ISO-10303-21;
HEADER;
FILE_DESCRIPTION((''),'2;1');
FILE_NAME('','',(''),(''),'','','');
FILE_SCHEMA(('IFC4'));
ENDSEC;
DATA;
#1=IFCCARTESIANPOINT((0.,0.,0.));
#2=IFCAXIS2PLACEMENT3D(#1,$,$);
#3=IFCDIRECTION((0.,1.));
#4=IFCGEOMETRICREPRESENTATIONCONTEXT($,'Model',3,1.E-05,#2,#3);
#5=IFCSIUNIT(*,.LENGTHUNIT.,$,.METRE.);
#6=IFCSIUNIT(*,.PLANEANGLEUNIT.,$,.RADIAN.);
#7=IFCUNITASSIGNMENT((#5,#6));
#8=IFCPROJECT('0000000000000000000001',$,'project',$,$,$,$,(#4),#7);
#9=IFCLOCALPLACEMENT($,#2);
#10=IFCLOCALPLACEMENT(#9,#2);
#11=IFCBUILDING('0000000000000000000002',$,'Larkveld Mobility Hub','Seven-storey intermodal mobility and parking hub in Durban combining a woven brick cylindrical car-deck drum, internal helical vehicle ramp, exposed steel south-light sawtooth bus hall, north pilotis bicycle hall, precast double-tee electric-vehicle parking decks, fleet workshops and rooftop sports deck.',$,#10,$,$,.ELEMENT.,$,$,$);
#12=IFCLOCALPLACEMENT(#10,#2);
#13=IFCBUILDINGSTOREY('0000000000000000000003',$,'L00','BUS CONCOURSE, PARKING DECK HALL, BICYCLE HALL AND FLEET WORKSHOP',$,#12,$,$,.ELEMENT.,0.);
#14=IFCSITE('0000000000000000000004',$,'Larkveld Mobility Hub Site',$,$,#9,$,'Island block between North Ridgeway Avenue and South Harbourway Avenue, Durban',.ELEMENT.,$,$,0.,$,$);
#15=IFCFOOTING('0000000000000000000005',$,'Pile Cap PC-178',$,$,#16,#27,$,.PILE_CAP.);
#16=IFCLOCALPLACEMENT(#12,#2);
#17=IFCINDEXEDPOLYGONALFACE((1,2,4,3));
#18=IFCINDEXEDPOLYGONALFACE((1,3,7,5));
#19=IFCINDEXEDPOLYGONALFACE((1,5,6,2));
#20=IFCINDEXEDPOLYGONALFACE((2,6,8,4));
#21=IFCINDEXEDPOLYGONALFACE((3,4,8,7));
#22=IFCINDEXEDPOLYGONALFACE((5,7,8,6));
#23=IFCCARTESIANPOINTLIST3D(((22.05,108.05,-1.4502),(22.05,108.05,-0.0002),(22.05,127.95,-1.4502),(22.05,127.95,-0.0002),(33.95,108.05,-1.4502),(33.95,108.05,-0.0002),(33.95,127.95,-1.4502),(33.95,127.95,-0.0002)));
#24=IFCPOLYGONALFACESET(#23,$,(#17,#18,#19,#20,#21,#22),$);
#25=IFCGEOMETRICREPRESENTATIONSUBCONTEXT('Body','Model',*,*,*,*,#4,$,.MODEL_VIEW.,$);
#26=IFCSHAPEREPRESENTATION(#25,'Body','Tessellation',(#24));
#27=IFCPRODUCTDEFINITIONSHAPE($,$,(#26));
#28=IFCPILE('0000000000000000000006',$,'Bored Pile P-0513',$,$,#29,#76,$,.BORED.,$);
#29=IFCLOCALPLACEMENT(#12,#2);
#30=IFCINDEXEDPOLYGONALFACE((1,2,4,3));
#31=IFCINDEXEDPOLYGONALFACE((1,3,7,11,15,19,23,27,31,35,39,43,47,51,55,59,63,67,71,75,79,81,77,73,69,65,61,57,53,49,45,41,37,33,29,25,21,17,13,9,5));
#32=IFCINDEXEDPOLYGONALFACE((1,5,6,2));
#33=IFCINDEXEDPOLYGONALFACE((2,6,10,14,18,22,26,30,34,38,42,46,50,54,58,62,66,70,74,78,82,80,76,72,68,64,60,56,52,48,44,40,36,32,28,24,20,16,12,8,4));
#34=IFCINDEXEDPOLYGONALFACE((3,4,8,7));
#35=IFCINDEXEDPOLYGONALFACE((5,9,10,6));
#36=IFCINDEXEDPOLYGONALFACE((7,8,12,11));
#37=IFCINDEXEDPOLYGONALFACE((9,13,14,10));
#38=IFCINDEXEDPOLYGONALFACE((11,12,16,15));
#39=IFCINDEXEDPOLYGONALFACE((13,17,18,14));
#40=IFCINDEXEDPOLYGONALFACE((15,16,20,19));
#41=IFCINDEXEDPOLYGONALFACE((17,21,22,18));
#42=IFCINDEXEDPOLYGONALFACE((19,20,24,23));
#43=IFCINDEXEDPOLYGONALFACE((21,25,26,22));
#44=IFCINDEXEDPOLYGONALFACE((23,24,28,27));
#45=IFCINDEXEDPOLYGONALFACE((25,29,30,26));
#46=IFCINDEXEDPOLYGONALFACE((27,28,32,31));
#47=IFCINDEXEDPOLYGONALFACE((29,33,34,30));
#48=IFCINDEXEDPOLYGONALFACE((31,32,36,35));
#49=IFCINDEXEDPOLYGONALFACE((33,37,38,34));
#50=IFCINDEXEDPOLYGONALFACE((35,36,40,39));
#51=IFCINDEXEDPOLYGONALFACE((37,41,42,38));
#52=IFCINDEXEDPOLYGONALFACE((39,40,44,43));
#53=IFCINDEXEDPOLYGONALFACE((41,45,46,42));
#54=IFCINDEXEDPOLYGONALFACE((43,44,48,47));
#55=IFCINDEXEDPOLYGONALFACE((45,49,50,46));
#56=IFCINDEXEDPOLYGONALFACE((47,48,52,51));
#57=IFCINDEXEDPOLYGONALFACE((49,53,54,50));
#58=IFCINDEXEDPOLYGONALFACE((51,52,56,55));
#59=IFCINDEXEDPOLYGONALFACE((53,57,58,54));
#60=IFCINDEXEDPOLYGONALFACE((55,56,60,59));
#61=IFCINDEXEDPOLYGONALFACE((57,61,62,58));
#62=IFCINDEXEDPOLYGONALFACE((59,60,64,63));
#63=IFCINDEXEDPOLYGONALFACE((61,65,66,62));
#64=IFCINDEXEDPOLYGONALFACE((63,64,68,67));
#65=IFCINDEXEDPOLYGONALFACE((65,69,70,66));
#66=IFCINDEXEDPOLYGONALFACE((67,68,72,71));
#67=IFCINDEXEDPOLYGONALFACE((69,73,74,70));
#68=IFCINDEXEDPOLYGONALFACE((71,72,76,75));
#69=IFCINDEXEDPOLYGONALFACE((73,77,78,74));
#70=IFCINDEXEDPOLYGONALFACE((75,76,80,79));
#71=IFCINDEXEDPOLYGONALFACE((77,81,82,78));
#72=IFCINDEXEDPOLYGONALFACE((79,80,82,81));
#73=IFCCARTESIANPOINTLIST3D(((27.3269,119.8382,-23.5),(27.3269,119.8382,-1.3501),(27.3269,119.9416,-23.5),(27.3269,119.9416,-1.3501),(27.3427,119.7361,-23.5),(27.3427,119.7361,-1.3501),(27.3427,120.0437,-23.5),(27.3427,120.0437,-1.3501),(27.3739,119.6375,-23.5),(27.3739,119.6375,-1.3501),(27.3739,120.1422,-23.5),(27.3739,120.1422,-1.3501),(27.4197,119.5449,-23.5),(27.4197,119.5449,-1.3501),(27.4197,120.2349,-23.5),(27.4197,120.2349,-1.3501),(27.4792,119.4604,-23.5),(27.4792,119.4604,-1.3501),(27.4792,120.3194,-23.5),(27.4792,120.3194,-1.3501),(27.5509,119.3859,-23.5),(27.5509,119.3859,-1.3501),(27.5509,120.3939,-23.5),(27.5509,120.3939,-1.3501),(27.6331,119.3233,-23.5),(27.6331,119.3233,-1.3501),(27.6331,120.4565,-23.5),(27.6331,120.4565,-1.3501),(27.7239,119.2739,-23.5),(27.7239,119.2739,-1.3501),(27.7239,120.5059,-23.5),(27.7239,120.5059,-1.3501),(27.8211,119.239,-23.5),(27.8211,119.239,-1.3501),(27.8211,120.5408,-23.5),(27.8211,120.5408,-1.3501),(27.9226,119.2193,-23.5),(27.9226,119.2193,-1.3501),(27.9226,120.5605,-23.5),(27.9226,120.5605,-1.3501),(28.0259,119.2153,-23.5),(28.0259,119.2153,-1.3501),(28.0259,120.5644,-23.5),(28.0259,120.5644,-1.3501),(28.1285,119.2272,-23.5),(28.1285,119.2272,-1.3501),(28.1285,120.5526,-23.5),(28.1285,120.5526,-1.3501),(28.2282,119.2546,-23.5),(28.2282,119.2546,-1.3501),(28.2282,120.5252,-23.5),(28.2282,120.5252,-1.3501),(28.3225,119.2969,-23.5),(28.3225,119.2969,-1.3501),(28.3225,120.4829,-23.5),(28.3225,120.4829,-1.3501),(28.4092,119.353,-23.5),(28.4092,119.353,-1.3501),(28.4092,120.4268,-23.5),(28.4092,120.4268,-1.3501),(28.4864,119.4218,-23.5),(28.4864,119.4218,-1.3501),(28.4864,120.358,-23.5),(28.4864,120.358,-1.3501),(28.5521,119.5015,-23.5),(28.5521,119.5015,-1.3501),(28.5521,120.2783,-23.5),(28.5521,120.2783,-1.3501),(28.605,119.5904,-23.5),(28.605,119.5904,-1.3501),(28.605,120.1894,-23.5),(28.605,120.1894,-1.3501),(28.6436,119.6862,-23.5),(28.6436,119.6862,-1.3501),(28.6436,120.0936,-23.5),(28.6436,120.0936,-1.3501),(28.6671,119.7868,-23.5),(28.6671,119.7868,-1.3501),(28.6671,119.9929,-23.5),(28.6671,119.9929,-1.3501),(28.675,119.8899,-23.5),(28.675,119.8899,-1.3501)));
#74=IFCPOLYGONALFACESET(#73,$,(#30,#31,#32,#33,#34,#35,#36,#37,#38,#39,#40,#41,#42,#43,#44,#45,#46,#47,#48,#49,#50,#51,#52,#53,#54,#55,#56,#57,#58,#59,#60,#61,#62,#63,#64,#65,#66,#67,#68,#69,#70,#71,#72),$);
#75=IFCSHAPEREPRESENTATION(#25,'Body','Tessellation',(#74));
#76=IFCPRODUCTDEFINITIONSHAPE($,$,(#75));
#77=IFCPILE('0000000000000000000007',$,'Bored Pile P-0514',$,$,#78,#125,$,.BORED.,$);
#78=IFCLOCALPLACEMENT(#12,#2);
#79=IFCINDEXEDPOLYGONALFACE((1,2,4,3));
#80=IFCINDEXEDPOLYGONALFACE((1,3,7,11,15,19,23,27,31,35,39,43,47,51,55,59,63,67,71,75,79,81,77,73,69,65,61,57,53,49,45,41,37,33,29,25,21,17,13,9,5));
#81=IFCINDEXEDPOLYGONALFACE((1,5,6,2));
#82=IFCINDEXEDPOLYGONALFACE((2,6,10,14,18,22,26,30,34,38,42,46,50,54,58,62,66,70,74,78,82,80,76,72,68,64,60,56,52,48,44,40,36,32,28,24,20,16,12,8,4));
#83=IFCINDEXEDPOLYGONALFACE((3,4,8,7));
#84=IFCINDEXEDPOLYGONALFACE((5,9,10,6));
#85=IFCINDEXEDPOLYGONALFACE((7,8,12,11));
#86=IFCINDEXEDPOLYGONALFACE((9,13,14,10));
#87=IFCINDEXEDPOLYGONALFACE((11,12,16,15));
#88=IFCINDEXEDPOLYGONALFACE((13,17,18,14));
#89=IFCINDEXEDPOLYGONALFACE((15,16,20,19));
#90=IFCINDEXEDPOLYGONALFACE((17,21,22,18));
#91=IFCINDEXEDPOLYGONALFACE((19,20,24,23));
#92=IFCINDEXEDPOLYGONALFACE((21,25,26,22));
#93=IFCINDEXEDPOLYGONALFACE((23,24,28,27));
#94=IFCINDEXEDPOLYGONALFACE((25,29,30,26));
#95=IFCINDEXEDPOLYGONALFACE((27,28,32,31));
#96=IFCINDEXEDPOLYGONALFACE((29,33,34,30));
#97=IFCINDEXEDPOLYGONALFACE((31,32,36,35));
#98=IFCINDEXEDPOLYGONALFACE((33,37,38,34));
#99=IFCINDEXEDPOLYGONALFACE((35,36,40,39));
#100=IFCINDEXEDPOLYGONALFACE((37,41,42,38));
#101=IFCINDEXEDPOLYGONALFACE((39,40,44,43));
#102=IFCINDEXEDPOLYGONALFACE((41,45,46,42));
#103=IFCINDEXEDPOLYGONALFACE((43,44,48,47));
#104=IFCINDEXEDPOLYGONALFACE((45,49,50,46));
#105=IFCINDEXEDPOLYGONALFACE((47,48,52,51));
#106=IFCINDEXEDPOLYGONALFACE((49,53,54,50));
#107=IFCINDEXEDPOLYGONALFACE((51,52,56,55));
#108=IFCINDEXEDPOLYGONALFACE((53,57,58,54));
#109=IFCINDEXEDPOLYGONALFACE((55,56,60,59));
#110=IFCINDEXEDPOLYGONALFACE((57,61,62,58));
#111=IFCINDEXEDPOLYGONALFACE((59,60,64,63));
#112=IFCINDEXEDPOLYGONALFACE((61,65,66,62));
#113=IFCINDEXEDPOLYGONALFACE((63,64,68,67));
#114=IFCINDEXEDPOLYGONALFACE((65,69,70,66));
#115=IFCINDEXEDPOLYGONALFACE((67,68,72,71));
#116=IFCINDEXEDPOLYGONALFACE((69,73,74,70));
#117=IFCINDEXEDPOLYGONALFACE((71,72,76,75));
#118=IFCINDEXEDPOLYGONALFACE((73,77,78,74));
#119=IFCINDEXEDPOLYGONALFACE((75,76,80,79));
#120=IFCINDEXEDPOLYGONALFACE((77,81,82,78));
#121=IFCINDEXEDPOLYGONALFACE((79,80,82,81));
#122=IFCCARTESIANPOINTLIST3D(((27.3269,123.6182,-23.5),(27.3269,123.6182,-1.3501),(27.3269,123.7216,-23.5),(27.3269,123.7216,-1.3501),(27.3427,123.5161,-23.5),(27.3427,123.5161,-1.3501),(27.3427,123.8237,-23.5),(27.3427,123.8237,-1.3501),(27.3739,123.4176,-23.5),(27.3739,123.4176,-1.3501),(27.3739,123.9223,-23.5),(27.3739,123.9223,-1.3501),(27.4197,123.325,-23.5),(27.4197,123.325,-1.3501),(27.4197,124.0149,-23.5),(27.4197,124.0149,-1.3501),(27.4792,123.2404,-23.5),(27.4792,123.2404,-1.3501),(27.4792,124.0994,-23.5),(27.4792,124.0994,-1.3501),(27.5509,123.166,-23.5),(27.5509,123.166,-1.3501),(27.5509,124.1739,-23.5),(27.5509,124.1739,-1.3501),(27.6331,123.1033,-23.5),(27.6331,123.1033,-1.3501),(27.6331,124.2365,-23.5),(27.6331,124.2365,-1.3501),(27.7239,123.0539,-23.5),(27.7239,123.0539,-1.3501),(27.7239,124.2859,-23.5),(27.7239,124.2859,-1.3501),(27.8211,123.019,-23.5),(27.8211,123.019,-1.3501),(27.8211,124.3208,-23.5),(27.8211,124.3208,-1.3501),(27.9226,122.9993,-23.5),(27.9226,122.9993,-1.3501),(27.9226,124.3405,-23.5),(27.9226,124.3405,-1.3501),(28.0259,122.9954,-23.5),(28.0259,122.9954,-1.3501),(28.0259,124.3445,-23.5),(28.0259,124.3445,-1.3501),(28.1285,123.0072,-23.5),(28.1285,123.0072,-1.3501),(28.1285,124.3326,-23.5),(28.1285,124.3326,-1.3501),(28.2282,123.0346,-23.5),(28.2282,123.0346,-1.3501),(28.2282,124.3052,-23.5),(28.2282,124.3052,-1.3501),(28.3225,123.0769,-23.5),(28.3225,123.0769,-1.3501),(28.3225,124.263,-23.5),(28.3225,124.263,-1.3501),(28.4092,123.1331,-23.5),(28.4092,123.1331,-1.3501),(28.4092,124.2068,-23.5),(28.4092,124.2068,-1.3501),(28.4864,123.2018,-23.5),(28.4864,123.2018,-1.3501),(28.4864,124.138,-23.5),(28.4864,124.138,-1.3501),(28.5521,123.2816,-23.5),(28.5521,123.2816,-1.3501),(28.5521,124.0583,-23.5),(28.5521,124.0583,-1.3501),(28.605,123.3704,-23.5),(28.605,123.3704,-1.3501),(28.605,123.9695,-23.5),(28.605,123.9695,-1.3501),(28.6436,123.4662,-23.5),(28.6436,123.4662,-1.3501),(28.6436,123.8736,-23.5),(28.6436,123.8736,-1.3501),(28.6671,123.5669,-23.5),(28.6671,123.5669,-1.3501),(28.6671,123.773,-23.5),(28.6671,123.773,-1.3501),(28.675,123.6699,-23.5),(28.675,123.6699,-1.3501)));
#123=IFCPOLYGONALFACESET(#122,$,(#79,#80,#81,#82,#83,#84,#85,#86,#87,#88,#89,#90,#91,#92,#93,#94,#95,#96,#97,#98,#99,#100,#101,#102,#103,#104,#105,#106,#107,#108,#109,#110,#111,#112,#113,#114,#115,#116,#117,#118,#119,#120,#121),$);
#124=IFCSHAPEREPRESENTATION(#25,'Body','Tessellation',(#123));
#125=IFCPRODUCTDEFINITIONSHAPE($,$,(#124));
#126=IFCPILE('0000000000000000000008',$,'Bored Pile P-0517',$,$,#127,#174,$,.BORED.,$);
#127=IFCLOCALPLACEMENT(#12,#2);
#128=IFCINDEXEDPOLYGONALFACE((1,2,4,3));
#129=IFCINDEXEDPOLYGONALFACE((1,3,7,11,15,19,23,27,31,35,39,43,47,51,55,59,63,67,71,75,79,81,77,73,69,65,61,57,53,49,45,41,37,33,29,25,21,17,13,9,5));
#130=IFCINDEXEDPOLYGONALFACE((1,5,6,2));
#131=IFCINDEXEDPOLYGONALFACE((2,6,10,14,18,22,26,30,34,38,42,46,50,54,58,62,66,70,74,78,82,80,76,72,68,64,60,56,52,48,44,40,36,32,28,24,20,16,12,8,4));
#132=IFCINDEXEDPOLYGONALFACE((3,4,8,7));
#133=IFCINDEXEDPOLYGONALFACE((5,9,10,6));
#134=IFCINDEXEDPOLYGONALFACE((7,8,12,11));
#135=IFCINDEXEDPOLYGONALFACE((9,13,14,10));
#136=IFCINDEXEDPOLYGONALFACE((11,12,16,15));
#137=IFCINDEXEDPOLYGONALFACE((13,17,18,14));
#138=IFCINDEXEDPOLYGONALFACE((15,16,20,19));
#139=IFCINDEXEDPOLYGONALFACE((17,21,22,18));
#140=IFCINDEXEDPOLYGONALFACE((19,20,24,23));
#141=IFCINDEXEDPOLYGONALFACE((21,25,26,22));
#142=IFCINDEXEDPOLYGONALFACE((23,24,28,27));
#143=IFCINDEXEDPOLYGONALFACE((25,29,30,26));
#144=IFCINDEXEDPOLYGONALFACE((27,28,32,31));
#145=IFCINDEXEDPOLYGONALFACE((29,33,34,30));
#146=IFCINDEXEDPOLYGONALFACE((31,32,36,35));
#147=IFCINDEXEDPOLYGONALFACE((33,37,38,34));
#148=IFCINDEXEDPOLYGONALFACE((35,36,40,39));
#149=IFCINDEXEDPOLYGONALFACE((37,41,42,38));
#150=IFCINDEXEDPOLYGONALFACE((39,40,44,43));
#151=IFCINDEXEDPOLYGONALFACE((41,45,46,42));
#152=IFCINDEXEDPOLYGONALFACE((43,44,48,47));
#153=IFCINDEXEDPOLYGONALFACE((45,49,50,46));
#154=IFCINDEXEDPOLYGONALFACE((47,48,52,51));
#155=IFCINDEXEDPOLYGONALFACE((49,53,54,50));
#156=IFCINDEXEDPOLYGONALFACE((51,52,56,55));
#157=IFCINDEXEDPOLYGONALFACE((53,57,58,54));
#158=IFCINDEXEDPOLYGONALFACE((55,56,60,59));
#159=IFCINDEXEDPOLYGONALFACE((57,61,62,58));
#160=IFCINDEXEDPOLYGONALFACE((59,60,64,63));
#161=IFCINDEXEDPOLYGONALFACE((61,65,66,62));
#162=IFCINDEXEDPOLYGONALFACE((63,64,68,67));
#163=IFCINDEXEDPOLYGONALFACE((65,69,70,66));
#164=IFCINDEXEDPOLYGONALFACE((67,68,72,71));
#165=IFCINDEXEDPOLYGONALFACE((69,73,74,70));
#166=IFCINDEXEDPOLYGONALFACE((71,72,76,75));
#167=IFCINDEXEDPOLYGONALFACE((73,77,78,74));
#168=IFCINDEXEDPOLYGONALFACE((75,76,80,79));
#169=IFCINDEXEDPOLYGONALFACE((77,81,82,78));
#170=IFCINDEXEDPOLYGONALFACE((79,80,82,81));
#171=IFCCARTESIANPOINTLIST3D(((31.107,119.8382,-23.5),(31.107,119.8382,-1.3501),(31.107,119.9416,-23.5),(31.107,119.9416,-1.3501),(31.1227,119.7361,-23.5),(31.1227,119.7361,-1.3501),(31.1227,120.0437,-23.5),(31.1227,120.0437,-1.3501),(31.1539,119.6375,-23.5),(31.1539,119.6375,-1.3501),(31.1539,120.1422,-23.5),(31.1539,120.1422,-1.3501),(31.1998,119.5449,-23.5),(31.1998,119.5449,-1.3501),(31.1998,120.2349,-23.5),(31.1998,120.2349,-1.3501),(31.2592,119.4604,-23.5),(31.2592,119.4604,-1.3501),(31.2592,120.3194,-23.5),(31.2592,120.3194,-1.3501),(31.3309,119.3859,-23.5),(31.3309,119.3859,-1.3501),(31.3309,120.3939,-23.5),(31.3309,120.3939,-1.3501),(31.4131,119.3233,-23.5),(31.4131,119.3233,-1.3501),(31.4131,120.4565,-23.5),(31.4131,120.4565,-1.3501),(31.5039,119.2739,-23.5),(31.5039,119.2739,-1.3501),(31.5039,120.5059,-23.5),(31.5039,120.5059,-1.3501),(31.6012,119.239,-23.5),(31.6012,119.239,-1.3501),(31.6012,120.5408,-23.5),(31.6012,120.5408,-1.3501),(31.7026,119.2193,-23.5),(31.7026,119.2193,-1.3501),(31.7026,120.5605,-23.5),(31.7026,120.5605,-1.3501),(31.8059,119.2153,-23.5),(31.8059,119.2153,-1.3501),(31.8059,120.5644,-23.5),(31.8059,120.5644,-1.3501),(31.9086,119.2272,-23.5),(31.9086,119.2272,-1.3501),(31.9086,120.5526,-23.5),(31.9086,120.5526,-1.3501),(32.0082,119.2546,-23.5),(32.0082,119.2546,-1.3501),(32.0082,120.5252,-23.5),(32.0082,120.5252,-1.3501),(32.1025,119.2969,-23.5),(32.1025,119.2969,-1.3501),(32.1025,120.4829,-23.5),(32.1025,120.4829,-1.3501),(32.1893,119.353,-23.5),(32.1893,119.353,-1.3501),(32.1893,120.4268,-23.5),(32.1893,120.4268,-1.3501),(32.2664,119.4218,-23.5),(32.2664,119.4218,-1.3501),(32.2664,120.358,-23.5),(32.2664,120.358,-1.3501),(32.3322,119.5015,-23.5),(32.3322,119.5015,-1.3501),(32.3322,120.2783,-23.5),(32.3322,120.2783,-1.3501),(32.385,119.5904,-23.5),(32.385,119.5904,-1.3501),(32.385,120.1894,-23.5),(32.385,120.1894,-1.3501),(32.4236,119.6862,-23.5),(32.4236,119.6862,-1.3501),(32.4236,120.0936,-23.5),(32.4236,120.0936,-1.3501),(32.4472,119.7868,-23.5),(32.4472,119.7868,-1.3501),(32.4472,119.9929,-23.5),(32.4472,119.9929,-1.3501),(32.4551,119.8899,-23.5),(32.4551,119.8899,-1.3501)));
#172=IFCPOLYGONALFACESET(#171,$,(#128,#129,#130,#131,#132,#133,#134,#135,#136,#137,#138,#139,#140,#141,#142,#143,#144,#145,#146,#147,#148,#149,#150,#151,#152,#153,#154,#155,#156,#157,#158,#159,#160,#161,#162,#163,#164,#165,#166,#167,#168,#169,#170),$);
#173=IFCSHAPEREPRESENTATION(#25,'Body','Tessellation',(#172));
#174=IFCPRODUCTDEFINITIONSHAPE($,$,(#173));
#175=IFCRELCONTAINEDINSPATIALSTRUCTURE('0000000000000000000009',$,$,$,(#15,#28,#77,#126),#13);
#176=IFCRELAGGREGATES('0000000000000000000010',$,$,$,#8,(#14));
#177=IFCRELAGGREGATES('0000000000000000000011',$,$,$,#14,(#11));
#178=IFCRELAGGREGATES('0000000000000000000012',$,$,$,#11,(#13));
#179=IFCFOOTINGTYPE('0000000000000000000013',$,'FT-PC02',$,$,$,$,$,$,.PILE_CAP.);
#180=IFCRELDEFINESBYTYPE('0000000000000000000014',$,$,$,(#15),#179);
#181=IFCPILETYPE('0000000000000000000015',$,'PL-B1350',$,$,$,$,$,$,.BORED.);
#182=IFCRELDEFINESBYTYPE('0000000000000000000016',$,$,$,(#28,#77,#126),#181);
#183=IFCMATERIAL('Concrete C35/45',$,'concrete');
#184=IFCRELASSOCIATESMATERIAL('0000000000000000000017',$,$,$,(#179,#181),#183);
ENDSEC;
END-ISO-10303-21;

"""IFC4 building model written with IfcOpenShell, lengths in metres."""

from ifc_helpers import new_model, si_unit, direction, frame, origin, origin_2d, place, context, subcontext, project, spatial, rectangle, circle, extrude, material, material_profile, profile_set, type_object, element, save


model = new_model("IFC4")

# Units and contexts
model_context = context("Model", 3, precision=1e-05, world=origin(), true_north=direction((0.0, 1.0)))
body_context = subcontext(model_context, "Body", "Model", "MODEL_VIEW")
ifc_project = project(units=[si_unit("LENGTHUNIT", "METRE"), si_unit("PLANEANGLEUNIT", "RADIAN")], contexts=[model_context])

# Site, building, storey
site_placement = place(None, origin())
site = spatial("IfcSite", under=ifc_project, at=site_placement, Name="Larkveld Mobility Hub Site", LongName="Island block between North Ridgeway Avenue and South Harbourway Avenue, Durban", CompositionType="ELEMENT", RefElevation=0.0)
building_placement = place(site_placement, origin())
building = spatial("IfcBuilding", under=site, at=building_placement, Name="Larkveld Mobility Hub", Description="Seven-storey intermodal mobility and parking hub in Durban combining a woven brick cylindrical car-deck drum, internal helical vehicle ramp, exposed steel south-light sawtooth bus hall, north pilotis bicycle hall, precast double-tee electric-vehicle parking decks, fleet workshops and rooftop sports deck.", CompositionType="ELEMENT")
storey_placement = place(building_placement, origin())
storey = spatial("IfcBuildingStorey", under=building, at=storey_placement, Name="L00", Description="BUS CONCOURSE, PARKING DECK HALL, BICYCLE HALL AND FLEET WORKSHOP", CompositionType="ELEMENT", Elevation=0.0)

# Footing
ifc_material_1 = material(Name="Concrete C35/45", Category="concrete")
footing_type = type_object("IfcFootingType", Name="FT-PC02", PredefinedType="PILE_CAP", material=ifc_material_1)
footing_placement = place(storey_placement, frame((28.0, 118.0, -1.4502), z_axis=(0.0, 0.0, 1.0), x_axis=(1.0, 0.0, 0.0)))
element("IfcFooting", 1, at=footing_placement, inside=storey, type_object=footing_type, Name="Pile Cap PC-178", PredefinedType="PILE_CAP", context=body_context, shape_type="SweptSolid", body=[
    extrude(rectangle(XDim=11.8999, YDim=19.8999, at=origin_2d()), origin(), (0.0, 0.0, 1.0), 1.45),
])

# Piles
ifc_material_profile_1 = material_profile(ifc_material_1, circle(Radius=0.675, at=origin_2d()), Name="PILE D1350")
ifc_profile_set_1 = profile_set([ifc_material_profile_1], Name="Concrete C35/45")
pile_type = type_object("IfcPileType", Name="PL-B1350", PredefinedType="BORED", material=ifc_profile_set_1)
for number, where, z_axis, x_axis, name in (
    (2, (28.0, 119.8899, -1.3501), (0.0, 0.0, -1.0), (1.0, 0.0, 0.0), "Bored Pile P-0513"),
    (3, (28.0, 123.6699, -1.3501), (0.0, 0.0, -1.0), (1.0, 0.0, 0.0), "Bored Pile P-0514"),
    (4, (31.78, 119.8899, -1.3501), (0.0, 0.0, -1.0), (1.0, 0.0, 0.0), "Bored Pile P-0517"),
):
    element("IfcPile", number, at=place(storey_placement, frame(where, z_axis=z_axis, x_axis=x_axis)), inside=storey, type_object=pile_type, Name=name, PredefinedType="BORED", context=body_context, shape_type="SweptSolid", body=[
        extrude(circle(Radius=0.675, at=origin_2d()), origin(), (0.0, 0.0, 1.0), 22.1499),
    ])

save(model, "model.ifc")
